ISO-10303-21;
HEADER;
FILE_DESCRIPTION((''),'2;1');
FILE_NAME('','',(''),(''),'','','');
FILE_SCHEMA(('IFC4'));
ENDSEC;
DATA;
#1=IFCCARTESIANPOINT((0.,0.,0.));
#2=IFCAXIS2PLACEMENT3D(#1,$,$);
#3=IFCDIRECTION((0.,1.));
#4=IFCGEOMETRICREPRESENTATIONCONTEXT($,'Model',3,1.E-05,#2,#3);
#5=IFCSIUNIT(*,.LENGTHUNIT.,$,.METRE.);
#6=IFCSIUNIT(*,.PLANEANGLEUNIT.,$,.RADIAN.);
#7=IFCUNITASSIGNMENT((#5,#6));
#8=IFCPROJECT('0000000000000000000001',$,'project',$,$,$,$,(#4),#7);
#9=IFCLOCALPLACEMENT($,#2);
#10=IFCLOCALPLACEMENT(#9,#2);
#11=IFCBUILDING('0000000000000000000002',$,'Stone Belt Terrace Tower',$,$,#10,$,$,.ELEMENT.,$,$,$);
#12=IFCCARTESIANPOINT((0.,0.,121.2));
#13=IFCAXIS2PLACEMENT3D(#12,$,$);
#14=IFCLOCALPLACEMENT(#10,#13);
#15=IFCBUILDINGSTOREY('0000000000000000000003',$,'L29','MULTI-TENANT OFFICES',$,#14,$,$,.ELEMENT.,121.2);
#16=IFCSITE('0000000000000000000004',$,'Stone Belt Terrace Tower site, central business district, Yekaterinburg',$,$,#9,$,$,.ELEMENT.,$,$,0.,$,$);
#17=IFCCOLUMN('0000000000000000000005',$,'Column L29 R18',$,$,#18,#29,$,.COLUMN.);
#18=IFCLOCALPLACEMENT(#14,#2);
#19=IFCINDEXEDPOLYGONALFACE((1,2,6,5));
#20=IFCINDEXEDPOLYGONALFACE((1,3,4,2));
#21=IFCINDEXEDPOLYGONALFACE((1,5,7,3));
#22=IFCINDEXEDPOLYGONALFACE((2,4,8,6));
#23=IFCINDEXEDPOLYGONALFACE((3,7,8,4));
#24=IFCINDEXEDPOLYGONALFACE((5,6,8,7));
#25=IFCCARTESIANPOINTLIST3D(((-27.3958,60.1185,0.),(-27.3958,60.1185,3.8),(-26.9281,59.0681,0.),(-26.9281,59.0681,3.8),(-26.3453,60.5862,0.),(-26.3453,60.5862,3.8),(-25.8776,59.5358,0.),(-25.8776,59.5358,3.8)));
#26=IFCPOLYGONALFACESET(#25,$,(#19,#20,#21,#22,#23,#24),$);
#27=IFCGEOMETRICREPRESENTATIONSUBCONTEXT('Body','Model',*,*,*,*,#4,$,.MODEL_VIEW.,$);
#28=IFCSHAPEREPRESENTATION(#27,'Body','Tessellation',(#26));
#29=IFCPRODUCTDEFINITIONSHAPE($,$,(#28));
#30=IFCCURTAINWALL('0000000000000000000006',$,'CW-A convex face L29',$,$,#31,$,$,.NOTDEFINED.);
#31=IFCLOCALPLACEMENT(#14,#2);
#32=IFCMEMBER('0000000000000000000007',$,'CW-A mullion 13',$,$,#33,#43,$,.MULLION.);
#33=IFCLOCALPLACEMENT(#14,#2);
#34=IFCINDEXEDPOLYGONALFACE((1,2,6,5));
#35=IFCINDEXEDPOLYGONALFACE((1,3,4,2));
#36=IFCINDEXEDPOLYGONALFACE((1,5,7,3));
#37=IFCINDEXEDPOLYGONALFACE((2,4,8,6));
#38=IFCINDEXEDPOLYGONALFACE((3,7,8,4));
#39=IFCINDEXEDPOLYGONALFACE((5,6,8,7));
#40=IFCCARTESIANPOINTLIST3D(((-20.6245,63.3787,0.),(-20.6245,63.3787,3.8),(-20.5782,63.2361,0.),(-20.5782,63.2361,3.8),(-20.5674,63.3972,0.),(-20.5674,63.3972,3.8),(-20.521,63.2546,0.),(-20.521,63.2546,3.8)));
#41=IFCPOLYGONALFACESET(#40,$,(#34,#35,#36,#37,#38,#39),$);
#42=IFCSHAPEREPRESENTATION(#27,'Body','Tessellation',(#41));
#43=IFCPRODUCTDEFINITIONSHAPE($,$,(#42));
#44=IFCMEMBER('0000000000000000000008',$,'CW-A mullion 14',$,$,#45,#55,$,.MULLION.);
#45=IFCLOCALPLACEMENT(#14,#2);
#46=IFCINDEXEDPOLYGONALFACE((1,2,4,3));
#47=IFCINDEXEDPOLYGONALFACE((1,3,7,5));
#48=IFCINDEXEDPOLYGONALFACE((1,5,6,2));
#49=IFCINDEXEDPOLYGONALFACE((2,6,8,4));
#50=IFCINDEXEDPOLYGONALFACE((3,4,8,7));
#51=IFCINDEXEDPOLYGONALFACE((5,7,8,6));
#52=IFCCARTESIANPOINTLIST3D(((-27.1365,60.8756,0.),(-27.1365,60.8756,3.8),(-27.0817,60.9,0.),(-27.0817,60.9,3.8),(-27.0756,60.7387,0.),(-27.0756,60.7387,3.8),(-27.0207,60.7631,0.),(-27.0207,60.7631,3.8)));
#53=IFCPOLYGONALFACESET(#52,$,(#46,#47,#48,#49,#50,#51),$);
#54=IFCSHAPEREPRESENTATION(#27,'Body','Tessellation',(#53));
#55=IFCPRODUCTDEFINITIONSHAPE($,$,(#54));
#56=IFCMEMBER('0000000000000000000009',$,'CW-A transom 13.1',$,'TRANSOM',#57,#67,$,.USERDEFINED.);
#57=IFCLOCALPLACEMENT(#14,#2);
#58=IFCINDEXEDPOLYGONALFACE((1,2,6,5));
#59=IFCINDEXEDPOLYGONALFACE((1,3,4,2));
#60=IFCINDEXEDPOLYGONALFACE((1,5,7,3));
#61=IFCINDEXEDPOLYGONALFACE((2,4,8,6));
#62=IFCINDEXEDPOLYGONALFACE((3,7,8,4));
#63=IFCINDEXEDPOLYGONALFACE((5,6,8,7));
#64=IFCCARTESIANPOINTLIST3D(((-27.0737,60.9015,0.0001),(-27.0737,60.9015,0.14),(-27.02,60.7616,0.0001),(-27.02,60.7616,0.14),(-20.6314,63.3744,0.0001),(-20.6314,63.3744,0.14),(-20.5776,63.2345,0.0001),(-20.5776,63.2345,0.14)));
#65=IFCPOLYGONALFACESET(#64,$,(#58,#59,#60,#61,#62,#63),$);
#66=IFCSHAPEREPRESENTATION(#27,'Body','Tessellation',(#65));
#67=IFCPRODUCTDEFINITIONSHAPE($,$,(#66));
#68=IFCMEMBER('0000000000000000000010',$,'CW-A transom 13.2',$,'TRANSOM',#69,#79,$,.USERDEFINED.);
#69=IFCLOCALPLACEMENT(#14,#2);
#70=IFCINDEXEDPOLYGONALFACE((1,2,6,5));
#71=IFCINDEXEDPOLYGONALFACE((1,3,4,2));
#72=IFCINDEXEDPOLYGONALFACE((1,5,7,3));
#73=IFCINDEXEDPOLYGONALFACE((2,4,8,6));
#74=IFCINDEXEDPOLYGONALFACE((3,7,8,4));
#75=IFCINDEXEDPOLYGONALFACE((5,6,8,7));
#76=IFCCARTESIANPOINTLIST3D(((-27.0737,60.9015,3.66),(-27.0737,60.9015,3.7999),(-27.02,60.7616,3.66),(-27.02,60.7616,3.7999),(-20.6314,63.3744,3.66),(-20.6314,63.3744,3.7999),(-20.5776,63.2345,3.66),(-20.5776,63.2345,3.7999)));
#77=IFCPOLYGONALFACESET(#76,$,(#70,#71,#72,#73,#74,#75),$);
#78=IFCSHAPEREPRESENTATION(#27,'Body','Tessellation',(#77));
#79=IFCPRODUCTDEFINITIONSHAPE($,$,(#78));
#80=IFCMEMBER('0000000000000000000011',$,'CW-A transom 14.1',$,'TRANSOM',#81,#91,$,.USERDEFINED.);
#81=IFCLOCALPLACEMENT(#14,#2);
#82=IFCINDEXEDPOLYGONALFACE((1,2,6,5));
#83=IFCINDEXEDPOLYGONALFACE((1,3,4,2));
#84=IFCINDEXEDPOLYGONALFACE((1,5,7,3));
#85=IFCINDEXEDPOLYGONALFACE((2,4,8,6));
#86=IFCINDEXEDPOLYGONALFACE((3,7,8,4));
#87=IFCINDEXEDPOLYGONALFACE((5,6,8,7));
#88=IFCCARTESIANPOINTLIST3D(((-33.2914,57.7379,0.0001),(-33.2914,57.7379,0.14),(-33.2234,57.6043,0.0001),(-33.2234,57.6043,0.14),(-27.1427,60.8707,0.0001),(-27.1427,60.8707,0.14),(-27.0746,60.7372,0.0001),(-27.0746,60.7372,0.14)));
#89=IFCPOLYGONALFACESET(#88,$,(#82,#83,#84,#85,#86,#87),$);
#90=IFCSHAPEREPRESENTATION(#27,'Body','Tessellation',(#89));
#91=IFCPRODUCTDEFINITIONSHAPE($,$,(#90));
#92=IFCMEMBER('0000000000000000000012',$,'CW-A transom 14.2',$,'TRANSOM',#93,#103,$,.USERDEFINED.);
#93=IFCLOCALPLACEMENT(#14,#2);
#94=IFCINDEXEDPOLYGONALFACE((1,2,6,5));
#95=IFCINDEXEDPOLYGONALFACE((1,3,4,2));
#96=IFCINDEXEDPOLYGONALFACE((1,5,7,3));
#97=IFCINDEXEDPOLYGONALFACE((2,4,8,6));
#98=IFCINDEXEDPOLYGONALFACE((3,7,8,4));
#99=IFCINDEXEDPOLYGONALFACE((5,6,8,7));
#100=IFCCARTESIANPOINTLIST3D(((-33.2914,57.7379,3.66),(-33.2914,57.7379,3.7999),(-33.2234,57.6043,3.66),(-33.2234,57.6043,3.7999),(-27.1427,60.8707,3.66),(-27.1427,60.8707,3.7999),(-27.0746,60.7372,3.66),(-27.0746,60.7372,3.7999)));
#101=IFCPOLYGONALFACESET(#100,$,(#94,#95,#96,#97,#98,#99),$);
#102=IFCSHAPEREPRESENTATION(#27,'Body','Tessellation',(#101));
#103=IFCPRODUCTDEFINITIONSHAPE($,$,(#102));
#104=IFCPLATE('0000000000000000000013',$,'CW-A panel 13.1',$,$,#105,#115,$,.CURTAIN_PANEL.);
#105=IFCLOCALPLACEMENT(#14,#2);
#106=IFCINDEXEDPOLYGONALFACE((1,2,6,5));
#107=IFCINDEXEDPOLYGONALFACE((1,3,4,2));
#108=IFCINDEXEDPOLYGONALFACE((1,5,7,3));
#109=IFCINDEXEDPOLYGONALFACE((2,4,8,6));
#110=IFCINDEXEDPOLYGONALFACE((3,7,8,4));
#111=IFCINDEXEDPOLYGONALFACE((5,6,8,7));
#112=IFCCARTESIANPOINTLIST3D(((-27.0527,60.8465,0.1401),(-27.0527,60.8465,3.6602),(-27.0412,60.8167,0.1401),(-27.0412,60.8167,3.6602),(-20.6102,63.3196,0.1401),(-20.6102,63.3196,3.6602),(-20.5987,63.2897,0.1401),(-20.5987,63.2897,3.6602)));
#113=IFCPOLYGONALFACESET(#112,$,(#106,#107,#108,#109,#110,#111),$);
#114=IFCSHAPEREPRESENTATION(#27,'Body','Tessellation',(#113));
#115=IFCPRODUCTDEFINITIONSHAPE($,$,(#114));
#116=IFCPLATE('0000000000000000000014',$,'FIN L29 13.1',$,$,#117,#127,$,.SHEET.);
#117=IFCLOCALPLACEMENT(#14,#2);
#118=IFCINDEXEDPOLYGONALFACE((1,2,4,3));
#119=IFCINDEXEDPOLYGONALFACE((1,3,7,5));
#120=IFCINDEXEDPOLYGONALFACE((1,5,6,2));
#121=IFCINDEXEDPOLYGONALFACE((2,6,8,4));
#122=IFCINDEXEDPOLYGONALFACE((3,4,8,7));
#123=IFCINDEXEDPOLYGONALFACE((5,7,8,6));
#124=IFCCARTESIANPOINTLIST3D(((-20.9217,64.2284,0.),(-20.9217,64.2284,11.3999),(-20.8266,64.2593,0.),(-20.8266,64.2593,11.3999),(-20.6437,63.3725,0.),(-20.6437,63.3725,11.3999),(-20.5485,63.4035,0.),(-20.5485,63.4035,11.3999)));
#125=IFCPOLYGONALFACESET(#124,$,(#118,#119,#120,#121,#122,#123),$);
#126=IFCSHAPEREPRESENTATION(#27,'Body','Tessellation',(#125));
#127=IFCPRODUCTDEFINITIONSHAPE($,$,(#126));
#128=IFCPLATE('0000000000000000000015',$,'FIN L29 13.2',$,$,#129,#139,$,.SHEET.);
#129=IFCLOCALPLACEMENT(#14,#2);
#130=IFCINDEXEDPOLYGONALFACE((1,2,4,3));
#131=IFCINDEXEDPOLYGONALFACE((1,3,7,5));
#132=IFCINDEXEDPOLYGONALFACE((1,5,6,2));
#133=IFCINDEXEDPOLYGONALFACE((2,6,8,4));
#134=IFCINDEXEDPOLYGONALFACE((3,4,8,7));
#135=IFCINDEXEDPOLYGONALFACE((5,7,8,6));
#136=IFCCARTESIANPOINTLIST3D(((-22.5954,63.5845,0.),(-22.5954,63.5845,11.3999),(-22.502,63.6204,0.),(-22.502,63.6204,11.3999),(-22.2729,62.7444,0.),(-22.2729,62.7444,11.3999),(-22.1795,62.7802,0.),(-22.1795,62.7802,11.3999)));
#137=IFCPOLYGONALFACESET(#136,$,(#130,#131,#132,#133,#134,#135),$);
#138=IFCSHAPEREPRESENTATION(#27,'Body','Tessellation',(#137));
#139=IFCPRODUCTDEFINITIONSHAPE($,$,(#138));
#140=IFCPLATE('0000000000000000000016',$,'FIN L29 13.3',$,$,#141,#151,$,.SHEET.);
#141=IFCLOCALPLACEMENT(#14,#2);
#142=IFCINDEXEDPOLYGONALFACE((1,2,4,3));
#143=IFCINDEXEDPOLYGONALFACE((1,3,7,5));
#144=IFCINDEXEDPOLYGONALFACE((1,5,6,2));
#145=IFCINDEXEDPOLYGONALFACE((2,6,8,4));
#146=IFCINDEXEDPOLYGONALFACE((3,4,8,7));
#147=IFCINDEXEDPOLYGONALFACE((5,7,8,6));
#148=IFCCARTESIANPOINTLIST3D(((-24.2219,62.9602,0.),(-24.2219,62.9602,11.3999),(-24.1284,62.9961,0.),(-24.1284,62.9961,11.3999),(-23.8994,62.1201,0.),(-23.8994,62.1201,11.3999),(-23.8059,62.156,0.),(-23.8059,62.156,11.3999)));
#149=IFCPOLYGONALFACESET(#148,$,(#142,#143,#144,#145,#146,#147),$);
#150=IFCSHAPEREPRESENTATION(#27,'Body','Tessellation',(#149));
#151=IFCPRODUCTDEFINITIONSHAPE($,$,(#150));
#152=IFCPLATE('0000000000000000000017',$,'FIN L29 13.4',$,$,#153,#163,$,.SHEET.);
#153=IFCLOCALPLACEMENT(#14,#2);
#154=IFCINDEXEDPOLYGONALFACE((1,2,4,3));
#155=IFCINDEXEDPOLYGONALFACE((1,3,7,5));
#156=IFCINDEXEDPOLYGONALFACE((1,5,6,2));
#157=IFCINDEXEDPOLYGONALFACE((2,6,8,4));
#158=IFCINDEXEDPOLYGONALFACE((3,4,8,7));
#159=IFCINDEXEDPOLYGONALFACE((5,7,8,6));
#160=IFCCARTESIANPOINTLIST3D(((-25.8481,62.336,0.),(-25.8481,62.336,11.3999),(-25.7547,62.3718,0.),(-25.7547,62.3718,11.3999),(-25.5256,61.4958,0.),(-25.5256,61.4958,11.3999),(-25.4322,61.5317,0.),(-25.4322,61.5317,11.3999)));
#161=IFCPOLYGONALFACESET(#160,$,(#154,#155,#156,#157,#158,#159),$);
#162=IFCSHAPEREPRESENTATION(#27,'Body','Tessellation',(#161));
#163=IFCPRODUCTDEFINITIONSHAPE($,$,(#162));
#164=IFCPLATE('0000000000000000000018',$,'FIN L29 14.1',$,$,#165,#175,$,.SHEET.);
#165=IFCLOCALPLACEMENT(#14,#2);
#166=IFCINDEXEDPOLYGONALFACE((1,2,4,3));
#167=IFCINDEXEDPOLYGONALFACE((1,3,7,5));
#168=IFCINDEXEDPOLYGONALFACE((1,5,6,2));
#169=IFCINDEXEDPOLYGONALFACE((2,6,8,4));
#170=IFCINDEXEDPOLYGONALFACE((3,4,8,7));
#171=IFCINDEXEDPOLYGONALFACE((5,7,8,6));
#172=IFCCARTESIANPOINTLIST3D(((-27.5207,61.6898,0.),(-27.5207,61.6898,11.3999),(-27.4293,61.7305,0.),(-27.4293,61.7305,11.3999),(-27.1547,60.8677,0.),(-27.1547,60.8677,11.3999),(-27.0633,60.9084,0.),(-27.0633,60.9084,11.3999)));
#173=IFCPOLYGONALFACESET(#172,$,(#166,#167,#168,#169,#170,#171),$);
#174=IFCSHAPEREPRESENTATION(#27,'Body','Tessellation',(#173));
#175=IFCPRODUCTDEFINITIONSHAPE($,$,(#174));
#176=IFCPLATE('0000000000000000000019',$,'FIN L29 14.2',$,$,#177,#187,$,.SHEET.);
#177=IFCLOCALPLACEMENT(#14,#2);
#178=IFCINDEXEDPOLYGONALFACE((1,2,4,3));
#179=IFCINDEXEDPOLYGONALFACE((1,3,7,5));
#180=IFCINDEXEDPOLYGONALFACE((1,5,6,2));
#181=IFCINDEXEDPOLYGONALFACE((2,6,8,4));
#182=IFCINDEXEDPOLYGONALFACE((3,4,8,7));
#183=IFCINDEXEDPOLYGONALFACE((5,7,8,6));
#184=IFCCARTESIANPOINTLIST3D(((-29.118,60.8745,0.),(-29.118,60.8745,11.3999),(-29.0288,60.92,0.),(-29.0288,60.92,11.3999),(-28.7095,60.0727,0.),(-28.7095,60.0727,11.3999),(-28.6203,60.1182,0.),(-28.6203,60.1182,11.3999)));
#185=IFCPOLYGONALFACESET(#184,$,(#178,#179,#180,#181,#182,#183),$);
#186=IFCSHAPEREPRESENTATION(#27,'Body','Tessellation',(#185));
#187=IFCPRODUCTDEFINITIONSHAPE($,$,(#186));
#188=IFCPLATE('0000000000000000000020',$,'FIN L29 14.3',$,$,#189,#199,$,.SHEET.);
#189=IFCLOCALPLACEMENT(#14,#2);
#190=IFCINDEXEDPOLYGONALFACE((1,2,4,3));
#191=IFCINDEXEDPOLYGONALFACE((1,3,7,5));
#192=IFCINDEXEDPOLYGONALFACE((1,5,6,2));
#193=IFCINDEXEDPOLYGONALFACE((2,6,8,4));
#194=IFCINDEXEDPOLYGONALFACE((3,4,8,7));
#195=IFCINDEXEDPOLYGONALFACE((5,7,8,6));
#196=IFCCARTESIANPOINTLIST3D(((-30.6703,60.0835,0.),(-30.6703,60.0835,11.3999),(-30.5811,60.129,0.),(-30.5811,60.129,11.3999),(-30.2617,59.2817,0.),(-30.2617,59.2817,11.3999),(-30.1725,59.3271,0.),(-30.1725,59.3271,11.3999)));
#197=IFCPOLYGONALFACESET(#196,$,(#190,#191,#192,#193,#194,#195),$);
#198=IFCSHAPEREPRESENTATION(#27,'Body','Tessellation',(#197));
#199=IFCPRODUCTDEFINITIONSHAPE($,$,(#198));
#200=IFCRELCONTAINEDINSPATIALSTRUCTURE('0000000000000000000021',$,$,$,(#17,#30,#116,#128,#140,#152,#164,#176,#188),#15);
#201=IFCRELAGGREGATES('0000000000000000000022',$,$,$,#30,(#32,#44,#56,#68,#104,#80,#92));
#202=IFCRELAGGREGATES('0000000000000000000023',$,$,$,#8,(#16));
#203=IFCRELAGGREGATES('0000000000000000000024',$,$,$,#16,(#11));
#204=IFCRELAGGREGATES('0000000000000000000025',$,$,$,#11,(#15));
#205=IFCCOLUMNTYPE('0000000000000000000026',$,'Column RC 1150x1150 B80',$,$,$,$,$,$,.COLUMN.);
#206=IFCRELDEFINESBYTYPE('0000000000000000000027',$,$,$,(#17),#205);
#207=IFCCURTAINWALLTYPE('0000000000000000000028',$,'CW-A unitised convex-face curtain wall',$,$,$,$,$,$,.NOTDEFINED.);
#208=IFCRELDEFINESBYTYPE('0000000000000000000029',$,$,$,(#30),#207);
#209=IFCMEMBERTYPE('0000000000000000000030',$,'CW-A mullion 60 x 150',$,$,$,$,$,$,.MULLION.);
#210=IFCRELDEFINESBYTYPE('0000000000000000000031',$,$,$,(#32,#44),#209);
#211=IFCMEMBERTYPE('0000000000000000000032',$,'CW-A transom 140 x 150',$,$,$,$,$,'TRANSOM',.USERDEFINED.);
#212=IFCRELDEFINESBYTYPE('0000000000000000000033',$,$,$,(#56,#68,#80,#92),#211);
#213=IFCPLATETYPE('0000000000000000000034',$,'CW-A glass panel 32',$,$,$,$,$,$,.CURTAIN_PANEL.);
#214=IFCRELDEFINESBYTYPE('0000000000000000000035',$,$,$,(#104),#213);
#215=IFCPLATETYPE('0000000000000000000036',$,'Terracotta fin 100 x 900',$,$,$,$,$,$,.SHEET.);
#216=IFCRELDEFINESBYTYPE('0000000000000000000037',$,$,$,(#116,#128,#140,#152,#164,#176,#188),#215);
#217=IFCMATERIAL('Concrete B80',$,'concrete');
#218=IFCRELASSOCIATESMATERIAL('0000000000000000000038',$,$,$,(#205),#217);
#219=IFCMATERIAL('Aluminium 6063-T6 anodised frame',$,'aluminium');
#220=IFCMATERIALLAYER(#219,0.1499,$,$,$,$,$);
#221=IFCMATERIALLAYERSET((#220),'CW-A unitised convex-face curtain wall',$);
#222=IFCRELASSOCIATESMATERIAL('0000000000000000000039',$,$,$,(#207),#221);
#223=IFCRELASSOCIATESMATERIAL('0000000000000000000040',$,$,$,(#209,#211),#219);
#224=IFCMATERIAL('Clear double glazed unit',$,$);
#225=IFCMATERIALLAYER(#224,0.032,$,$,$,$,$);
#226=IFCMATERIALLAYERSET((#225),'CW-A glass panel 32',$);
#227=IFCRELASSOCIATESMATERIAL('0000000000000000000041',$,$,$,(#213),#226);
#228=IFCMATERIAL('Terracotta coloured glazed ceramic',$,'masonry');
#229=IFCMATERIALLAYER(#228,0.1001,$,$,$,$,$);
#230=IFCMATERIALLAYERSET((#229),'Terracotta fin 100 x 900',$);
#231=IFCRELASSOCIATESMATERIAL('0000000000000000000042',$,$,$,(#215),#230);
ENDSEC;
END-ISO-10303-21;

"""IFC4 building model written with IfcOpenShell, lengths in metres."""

from ifc_helpers import new_model, si_unit, direction, frame, origin, origin_2d, place, context, subcontext, project, spatial, rectangle, extrude, material, layer, layer_set, material_profile, profile_set, type_object, element, aggregate, save


model = new_model("IFC4")

# Units and contexts
model_context = context("Model", 3, precision=1e-05, world=origin(), true_north=direction((0.0, 1.0)))
body_context = subcontext(model_context, "Body", "Model", "MODEL_VIEW")
ifc_project = project(units=[si_unit("LENGTHUNIT", "METRE"), si_unit("PLANEANGLEUNIT", "RADIAN")], contexts=[model_context])

# Site, building, storey
site_placement = place(None, origin())
site = spatial("IfcSite", under=ifc_project, at=site_placement, Name="Stone Belt Terrace Tower site, central business district, Yekaterinburg", CompositionType="ELEMENT", RefElevation=0.0)
building_placement = place(site_placement, origin())
building = spatial("IfcBuilding", under=site, at=building_placement, Name="Stone Belt Terrace Tower", CompositionType="ELEMENT")
storey_placement = place(building_placement, frame((0.0, 0.0, 121.2)))
storey = spatial("IfcBuildingStorey", under=building, at=storey_placement, Name="L29", Description="MULTI-TENANT OFFICES", CompositionType="ELEMENT", Elevation=121.2)

# Column
ifc_material_1 = material(Name="Concrete B80", Category="concrete")
ifc_material_profile_1 = material_profile(ifc_material_1, rectangle(XDim=1.1499, YDim=1.1499, at=origin_2d()), Name="RC 1150x1150")
ifc_profile_set_1 = profile_set([ifc_material_profile_1], Name="Concrete B80")
column_type = type_object("IfcColumnType", Name="Column RC 1150x1150 B80", PredefinedType="COLUMN", material=ifc_profile_set_1)
column_placement = place(storey_placement, frame((-26.6367, 59.8271, 0.0), z_axis=(0.0, 0.0, 1.0), x_axis=(0.913545, 0.406737, 0.0)))
element("IfcColumn", 1, at=column_placement, inside=storey, type_object=column_type, Name="Column L29 R18", PredefinedType="COLUMN", context=body_context, shape_type="SweptSolid", body=[
    extrude(rectangle(XDim=1.1499, YDim=1.1499, at=origin_2d()), origin(), (0.0, 0.0, 1.0), 3.8),
])

# Curtain wall, members, plate
ifc_material_2 = material(Name="Aluminium 6063-T6 anodised frame", Category="aluminium")
ifc_layer_1 = layer(ifc_material_2, 0.1499)
ifc_layer_set_1 = layer_set([ifc_layer_1], Name="CW-A unitised convex-face curtain wall")
curtain_wall_type = type_object("IfcCurtainWallType", Name="CW-A unitised convex-face curtain wall", PredefinedType="NOTDEFINED", material=ifc_layer_set_1)
curtain_wall_placement = place(storey_placement, origin())
curtain_wall = element("IfcCurtainWall", 2, at=curtain_wall_placement, inside=storey, type_object=curtain_wall_type, Name="CW-A convex face L29", PredefinedType="NOTDEFINED")
ifc_material_profile_2 = material_profile(ifc_material_2, rectangle(XDim=0.1499, YDim=0.0601, at=origin_2d()), Name="Aluminium 6063-T6 60x150")
ifc_profile_set_2 = profile_set([ifc_material_profile_2], Name="Aluminium 6063-T6 anodised frame")
member_type_1 = type_object("IfcMemberType", Name="CW-A mullion 60 x 150", PredefinedType="MULLION", material=ifc_profile_set_2)
member_1_placement = place(storey_placement, frame((-20.5728, 63.3167, 0.0), z_axis=(0.0, 0.0, 1.0), x_axis=(0.309017, -0.951057, 0.0)))
member_1 = element("IfcMember", 3, at=member_1_placement, type_object=member_type_1, Name="CW-A mullion 13", PredefinedType="MULLION", context=body_context, shape_type="SweptSolid", body=[
    extrude(rectangle(XDim=0.1499, YDim=0.0601, at=origin_2d()), origin(), (0.0, 0.0, 1.0), 3.8),
])
member_2_placement = place(storey_placement, frame((-27.0786, 60.8193, 0.0), z_axis=(0.0, 0.0, 1.0), x_axis=(0.406737, -0.913545, 0.0)))
member_2 = element("IfcMember", 4, at=member_2_placement, type_object=member_type_1, Name="CW-A mullion 14", PredefinedType="MULLION", context=body_context, shape_type="SweptSolid", body=[
    extrude(rectangle(XDim=0.1499, YDim=0.0601, at=origin_2d()), origin(), (0.0, 0.0, 1.0), 3.8),
])
ifc_material_profile_3 = material_profile(ifc_material_2, rectangle(XDim=0.1499, YDim=0.1399, at=origin_2d()), Name="Aluminium 6063-T6 150x140")
ifc_profile_set_3 = profile_set([ifc_material_profile_3], Name="Aluminium 6063-T6 anodised frame")
member_type_2 = type_object("IfcMemberType", Name="CW-A transom 140 x 150", ElementType="TRANSOM", PredefinedType="USERDEFINED", material=ifc_profile_set_3)
member_3_placement = place(storey_placement, frame((-20.6045, 63.3044, 0.0701), z_axis=(-0.933585, -0.358355, 0.0), x_axis=(0.358355, -0.933585, 0.0)))
member_3 = element("IfcMember", 5, at=member_3_placement, type_object=member_type_2, Name="CW-A transom 13.1", ObjectType="TRANSOM", PredefinedType="USERDEFINED", context=body_context, shape_type="SweptSolid", body=[
    extrude(rectangle(XDim=0.1499, YDim=0.1399, at=origin_2d()), origin(), (0.0, 0.0, 1.0), 6.9006),
])
member_4_placement = place(storey_placement, frame((-20.6045, 63.3044, 3.73), z_axis=(-0.933585, -0.358355, 0.0), x_axis=(0.358355, -0.933585, 0.0)))
member_4 = element("IfcMember", 6, at=member_4_placement, type_object=member_type_2, Name="CW-A transom 13.2", ObjectType="TRANSOM", PredefinedType="USERDEFINED", context=body_context, shape_type="SweptSolid", body=[
    extrude(rectangle(XDim=0.1499, YDim=0.1399, at=origin_2d()), origin(), (0.0, 0.0, 1.0), 6.9006),
])
member_5_placement = place(storey_placement, frame((-27.1086, 60.804, 0.0701), z_axis=(-0.891012, -0.453979, 0.0), x_axis=(0.453979, -0.891012, 0.0)))
member_5 = element("IfcMember", 7, at=member_5_placement, type_object=member_type_2, Name="CW-A transom 14.1", ObjectType="TRANSOM", PredefinedType="USERDEFINED", context=body_context, shape_type="SweptSolid", body=[
    extrude(rectangle(XDim=0.1499, YDim=0.1399, at=origin_2d()), origin(), (0.0, 0.0, 1.0), 6.9009),
])
member_6_placement = place(storey_placement, frame((-27.1086, 60.804, 3.73), z_axis=(-0.891012, -0.453979, 0.0), x_axis=(0.453979, -0.891012, 0.0)))
member_6 = element("IfcMember", 8, at=member_6_placement, type_object=member_type_2, Name="CW-A transom 14.2", ObjectType="TRANSOM", PredefinedType="USERDEFINED", context=body_context, shape_type="SweptSolid", body=[
    extrude(rectangle(XDim=0.1499, YDim=0.1399, at=origin_2d()), origin(), (0.0, 0.0, 1.0), 6.9009),
])
ifc_material_3 = material(Name="Clear double glazed unit")
ifc_layer_2 = layer(ifc_material_3, 0.032)
ifc_layer_set_2 = layer_set([ifc_layer_2], Name="CW-A glass panel 32")
plate_type_1 = type_object("IfcPlateType", Name="CW-A glass panel 32", PredefinedType="CURTAIN_PANEL", material=ifc_layer_set_2)
plate_placement = place(storey_placement, frame((-23.8257, 62.0681, 0.1401), z_axis=(0.0, 0.0, 1.0), x_axis=(-0.93358, -0.358368, 0.0)))
plate = element("IfcPlate", 9, at=plate_placement, type_object=plate_type_1, Name="CW-A panel 13.1", PredefinedType="CURTAIN_PANEL", context=body_context, shape_type="SweptSolid", body=[
    extrude(rectangle(XDim=6.9009, YDim=0.032, at=origin_2d()), origin(), (0.0, 0.0, 1.0), 3.52),
])
aggregate(curtain_wall, [member_1, member_2, member_3, member_4, plate, member_5, member_6])

# Plates
ifc_material_4 = material(Name="Terracotta coloured glazed ceramic", Category="masonry")
ifc_layer_3 = layer(ifc_material_4, 0.1001)
ifc_layer_set_3 = layer_set([ifc_layer_3], Name="Terracotta fin 100 x 900")
plate_type_2 = type_object("IfcPlateType", Name="Terracotta fin 100 x 900", PredefinedType="SHEET", material=ifc_layer_set_3)
for number, where, z_axis, x_axis, name in (
    (10, (-20.7351, 63.8159, 0.0), (0.0, 0.0, 1.0), (-0.309017, 0.951057, 0.0), "FIN L29 13.1"),
    (11, (-22.3875, 63.1824, 0.0), (0.0, 0.0, 1.0), (-0.358368, 0.93358, 0.0), "FIN L29 13.2"),
    (12, (-24.0139, 62.5581, 0.0), (0.0, 0.0, 1.0), (-0.358368, 0.93358, 0.0), "FIN L29 13.3"),
    (13, (-25.6401, 61.9338, 0.0), (0.0, 0.0, 1.0), (-0.358368, 0.93358, 0.0), "FIN L29 13.4"),
    (14, (-27.292, 61.2991, 0.0), (0.0, 0.0, 1.0), (-0.406737, 0.913545, 0.0), "FIN L29 14.1"),
    (15, (-28.8691, 60.4963, 0.0), (0.0, 0.0, 1.0), (-0.45399, 0.891007, 0.0), "FIN L29 14.2"),
    (16, (-30.4214, 59.7053, 0.0), (0.0, 0.0, 1.0), (-0.45399, 0.891007, 0.0), "FIN L29 14.3"),
):
    element("IfcPlate", number, at=place(storey_placement, frame(where, z_axis=z_axis, x_axis=x_axis)), inside=storey, type_object=plate_type_2, Name=name, PredefinedType="SHEET", context=body_context, shape_type="SweptSolid", body=[
        extrude(rectangle(XDim=0.8999, YDim=0.1001, at=origin_2d()), origin(), (0.0, 0.0, 1.0), 11.3999),
    ])

save(model, "model.ifc")
